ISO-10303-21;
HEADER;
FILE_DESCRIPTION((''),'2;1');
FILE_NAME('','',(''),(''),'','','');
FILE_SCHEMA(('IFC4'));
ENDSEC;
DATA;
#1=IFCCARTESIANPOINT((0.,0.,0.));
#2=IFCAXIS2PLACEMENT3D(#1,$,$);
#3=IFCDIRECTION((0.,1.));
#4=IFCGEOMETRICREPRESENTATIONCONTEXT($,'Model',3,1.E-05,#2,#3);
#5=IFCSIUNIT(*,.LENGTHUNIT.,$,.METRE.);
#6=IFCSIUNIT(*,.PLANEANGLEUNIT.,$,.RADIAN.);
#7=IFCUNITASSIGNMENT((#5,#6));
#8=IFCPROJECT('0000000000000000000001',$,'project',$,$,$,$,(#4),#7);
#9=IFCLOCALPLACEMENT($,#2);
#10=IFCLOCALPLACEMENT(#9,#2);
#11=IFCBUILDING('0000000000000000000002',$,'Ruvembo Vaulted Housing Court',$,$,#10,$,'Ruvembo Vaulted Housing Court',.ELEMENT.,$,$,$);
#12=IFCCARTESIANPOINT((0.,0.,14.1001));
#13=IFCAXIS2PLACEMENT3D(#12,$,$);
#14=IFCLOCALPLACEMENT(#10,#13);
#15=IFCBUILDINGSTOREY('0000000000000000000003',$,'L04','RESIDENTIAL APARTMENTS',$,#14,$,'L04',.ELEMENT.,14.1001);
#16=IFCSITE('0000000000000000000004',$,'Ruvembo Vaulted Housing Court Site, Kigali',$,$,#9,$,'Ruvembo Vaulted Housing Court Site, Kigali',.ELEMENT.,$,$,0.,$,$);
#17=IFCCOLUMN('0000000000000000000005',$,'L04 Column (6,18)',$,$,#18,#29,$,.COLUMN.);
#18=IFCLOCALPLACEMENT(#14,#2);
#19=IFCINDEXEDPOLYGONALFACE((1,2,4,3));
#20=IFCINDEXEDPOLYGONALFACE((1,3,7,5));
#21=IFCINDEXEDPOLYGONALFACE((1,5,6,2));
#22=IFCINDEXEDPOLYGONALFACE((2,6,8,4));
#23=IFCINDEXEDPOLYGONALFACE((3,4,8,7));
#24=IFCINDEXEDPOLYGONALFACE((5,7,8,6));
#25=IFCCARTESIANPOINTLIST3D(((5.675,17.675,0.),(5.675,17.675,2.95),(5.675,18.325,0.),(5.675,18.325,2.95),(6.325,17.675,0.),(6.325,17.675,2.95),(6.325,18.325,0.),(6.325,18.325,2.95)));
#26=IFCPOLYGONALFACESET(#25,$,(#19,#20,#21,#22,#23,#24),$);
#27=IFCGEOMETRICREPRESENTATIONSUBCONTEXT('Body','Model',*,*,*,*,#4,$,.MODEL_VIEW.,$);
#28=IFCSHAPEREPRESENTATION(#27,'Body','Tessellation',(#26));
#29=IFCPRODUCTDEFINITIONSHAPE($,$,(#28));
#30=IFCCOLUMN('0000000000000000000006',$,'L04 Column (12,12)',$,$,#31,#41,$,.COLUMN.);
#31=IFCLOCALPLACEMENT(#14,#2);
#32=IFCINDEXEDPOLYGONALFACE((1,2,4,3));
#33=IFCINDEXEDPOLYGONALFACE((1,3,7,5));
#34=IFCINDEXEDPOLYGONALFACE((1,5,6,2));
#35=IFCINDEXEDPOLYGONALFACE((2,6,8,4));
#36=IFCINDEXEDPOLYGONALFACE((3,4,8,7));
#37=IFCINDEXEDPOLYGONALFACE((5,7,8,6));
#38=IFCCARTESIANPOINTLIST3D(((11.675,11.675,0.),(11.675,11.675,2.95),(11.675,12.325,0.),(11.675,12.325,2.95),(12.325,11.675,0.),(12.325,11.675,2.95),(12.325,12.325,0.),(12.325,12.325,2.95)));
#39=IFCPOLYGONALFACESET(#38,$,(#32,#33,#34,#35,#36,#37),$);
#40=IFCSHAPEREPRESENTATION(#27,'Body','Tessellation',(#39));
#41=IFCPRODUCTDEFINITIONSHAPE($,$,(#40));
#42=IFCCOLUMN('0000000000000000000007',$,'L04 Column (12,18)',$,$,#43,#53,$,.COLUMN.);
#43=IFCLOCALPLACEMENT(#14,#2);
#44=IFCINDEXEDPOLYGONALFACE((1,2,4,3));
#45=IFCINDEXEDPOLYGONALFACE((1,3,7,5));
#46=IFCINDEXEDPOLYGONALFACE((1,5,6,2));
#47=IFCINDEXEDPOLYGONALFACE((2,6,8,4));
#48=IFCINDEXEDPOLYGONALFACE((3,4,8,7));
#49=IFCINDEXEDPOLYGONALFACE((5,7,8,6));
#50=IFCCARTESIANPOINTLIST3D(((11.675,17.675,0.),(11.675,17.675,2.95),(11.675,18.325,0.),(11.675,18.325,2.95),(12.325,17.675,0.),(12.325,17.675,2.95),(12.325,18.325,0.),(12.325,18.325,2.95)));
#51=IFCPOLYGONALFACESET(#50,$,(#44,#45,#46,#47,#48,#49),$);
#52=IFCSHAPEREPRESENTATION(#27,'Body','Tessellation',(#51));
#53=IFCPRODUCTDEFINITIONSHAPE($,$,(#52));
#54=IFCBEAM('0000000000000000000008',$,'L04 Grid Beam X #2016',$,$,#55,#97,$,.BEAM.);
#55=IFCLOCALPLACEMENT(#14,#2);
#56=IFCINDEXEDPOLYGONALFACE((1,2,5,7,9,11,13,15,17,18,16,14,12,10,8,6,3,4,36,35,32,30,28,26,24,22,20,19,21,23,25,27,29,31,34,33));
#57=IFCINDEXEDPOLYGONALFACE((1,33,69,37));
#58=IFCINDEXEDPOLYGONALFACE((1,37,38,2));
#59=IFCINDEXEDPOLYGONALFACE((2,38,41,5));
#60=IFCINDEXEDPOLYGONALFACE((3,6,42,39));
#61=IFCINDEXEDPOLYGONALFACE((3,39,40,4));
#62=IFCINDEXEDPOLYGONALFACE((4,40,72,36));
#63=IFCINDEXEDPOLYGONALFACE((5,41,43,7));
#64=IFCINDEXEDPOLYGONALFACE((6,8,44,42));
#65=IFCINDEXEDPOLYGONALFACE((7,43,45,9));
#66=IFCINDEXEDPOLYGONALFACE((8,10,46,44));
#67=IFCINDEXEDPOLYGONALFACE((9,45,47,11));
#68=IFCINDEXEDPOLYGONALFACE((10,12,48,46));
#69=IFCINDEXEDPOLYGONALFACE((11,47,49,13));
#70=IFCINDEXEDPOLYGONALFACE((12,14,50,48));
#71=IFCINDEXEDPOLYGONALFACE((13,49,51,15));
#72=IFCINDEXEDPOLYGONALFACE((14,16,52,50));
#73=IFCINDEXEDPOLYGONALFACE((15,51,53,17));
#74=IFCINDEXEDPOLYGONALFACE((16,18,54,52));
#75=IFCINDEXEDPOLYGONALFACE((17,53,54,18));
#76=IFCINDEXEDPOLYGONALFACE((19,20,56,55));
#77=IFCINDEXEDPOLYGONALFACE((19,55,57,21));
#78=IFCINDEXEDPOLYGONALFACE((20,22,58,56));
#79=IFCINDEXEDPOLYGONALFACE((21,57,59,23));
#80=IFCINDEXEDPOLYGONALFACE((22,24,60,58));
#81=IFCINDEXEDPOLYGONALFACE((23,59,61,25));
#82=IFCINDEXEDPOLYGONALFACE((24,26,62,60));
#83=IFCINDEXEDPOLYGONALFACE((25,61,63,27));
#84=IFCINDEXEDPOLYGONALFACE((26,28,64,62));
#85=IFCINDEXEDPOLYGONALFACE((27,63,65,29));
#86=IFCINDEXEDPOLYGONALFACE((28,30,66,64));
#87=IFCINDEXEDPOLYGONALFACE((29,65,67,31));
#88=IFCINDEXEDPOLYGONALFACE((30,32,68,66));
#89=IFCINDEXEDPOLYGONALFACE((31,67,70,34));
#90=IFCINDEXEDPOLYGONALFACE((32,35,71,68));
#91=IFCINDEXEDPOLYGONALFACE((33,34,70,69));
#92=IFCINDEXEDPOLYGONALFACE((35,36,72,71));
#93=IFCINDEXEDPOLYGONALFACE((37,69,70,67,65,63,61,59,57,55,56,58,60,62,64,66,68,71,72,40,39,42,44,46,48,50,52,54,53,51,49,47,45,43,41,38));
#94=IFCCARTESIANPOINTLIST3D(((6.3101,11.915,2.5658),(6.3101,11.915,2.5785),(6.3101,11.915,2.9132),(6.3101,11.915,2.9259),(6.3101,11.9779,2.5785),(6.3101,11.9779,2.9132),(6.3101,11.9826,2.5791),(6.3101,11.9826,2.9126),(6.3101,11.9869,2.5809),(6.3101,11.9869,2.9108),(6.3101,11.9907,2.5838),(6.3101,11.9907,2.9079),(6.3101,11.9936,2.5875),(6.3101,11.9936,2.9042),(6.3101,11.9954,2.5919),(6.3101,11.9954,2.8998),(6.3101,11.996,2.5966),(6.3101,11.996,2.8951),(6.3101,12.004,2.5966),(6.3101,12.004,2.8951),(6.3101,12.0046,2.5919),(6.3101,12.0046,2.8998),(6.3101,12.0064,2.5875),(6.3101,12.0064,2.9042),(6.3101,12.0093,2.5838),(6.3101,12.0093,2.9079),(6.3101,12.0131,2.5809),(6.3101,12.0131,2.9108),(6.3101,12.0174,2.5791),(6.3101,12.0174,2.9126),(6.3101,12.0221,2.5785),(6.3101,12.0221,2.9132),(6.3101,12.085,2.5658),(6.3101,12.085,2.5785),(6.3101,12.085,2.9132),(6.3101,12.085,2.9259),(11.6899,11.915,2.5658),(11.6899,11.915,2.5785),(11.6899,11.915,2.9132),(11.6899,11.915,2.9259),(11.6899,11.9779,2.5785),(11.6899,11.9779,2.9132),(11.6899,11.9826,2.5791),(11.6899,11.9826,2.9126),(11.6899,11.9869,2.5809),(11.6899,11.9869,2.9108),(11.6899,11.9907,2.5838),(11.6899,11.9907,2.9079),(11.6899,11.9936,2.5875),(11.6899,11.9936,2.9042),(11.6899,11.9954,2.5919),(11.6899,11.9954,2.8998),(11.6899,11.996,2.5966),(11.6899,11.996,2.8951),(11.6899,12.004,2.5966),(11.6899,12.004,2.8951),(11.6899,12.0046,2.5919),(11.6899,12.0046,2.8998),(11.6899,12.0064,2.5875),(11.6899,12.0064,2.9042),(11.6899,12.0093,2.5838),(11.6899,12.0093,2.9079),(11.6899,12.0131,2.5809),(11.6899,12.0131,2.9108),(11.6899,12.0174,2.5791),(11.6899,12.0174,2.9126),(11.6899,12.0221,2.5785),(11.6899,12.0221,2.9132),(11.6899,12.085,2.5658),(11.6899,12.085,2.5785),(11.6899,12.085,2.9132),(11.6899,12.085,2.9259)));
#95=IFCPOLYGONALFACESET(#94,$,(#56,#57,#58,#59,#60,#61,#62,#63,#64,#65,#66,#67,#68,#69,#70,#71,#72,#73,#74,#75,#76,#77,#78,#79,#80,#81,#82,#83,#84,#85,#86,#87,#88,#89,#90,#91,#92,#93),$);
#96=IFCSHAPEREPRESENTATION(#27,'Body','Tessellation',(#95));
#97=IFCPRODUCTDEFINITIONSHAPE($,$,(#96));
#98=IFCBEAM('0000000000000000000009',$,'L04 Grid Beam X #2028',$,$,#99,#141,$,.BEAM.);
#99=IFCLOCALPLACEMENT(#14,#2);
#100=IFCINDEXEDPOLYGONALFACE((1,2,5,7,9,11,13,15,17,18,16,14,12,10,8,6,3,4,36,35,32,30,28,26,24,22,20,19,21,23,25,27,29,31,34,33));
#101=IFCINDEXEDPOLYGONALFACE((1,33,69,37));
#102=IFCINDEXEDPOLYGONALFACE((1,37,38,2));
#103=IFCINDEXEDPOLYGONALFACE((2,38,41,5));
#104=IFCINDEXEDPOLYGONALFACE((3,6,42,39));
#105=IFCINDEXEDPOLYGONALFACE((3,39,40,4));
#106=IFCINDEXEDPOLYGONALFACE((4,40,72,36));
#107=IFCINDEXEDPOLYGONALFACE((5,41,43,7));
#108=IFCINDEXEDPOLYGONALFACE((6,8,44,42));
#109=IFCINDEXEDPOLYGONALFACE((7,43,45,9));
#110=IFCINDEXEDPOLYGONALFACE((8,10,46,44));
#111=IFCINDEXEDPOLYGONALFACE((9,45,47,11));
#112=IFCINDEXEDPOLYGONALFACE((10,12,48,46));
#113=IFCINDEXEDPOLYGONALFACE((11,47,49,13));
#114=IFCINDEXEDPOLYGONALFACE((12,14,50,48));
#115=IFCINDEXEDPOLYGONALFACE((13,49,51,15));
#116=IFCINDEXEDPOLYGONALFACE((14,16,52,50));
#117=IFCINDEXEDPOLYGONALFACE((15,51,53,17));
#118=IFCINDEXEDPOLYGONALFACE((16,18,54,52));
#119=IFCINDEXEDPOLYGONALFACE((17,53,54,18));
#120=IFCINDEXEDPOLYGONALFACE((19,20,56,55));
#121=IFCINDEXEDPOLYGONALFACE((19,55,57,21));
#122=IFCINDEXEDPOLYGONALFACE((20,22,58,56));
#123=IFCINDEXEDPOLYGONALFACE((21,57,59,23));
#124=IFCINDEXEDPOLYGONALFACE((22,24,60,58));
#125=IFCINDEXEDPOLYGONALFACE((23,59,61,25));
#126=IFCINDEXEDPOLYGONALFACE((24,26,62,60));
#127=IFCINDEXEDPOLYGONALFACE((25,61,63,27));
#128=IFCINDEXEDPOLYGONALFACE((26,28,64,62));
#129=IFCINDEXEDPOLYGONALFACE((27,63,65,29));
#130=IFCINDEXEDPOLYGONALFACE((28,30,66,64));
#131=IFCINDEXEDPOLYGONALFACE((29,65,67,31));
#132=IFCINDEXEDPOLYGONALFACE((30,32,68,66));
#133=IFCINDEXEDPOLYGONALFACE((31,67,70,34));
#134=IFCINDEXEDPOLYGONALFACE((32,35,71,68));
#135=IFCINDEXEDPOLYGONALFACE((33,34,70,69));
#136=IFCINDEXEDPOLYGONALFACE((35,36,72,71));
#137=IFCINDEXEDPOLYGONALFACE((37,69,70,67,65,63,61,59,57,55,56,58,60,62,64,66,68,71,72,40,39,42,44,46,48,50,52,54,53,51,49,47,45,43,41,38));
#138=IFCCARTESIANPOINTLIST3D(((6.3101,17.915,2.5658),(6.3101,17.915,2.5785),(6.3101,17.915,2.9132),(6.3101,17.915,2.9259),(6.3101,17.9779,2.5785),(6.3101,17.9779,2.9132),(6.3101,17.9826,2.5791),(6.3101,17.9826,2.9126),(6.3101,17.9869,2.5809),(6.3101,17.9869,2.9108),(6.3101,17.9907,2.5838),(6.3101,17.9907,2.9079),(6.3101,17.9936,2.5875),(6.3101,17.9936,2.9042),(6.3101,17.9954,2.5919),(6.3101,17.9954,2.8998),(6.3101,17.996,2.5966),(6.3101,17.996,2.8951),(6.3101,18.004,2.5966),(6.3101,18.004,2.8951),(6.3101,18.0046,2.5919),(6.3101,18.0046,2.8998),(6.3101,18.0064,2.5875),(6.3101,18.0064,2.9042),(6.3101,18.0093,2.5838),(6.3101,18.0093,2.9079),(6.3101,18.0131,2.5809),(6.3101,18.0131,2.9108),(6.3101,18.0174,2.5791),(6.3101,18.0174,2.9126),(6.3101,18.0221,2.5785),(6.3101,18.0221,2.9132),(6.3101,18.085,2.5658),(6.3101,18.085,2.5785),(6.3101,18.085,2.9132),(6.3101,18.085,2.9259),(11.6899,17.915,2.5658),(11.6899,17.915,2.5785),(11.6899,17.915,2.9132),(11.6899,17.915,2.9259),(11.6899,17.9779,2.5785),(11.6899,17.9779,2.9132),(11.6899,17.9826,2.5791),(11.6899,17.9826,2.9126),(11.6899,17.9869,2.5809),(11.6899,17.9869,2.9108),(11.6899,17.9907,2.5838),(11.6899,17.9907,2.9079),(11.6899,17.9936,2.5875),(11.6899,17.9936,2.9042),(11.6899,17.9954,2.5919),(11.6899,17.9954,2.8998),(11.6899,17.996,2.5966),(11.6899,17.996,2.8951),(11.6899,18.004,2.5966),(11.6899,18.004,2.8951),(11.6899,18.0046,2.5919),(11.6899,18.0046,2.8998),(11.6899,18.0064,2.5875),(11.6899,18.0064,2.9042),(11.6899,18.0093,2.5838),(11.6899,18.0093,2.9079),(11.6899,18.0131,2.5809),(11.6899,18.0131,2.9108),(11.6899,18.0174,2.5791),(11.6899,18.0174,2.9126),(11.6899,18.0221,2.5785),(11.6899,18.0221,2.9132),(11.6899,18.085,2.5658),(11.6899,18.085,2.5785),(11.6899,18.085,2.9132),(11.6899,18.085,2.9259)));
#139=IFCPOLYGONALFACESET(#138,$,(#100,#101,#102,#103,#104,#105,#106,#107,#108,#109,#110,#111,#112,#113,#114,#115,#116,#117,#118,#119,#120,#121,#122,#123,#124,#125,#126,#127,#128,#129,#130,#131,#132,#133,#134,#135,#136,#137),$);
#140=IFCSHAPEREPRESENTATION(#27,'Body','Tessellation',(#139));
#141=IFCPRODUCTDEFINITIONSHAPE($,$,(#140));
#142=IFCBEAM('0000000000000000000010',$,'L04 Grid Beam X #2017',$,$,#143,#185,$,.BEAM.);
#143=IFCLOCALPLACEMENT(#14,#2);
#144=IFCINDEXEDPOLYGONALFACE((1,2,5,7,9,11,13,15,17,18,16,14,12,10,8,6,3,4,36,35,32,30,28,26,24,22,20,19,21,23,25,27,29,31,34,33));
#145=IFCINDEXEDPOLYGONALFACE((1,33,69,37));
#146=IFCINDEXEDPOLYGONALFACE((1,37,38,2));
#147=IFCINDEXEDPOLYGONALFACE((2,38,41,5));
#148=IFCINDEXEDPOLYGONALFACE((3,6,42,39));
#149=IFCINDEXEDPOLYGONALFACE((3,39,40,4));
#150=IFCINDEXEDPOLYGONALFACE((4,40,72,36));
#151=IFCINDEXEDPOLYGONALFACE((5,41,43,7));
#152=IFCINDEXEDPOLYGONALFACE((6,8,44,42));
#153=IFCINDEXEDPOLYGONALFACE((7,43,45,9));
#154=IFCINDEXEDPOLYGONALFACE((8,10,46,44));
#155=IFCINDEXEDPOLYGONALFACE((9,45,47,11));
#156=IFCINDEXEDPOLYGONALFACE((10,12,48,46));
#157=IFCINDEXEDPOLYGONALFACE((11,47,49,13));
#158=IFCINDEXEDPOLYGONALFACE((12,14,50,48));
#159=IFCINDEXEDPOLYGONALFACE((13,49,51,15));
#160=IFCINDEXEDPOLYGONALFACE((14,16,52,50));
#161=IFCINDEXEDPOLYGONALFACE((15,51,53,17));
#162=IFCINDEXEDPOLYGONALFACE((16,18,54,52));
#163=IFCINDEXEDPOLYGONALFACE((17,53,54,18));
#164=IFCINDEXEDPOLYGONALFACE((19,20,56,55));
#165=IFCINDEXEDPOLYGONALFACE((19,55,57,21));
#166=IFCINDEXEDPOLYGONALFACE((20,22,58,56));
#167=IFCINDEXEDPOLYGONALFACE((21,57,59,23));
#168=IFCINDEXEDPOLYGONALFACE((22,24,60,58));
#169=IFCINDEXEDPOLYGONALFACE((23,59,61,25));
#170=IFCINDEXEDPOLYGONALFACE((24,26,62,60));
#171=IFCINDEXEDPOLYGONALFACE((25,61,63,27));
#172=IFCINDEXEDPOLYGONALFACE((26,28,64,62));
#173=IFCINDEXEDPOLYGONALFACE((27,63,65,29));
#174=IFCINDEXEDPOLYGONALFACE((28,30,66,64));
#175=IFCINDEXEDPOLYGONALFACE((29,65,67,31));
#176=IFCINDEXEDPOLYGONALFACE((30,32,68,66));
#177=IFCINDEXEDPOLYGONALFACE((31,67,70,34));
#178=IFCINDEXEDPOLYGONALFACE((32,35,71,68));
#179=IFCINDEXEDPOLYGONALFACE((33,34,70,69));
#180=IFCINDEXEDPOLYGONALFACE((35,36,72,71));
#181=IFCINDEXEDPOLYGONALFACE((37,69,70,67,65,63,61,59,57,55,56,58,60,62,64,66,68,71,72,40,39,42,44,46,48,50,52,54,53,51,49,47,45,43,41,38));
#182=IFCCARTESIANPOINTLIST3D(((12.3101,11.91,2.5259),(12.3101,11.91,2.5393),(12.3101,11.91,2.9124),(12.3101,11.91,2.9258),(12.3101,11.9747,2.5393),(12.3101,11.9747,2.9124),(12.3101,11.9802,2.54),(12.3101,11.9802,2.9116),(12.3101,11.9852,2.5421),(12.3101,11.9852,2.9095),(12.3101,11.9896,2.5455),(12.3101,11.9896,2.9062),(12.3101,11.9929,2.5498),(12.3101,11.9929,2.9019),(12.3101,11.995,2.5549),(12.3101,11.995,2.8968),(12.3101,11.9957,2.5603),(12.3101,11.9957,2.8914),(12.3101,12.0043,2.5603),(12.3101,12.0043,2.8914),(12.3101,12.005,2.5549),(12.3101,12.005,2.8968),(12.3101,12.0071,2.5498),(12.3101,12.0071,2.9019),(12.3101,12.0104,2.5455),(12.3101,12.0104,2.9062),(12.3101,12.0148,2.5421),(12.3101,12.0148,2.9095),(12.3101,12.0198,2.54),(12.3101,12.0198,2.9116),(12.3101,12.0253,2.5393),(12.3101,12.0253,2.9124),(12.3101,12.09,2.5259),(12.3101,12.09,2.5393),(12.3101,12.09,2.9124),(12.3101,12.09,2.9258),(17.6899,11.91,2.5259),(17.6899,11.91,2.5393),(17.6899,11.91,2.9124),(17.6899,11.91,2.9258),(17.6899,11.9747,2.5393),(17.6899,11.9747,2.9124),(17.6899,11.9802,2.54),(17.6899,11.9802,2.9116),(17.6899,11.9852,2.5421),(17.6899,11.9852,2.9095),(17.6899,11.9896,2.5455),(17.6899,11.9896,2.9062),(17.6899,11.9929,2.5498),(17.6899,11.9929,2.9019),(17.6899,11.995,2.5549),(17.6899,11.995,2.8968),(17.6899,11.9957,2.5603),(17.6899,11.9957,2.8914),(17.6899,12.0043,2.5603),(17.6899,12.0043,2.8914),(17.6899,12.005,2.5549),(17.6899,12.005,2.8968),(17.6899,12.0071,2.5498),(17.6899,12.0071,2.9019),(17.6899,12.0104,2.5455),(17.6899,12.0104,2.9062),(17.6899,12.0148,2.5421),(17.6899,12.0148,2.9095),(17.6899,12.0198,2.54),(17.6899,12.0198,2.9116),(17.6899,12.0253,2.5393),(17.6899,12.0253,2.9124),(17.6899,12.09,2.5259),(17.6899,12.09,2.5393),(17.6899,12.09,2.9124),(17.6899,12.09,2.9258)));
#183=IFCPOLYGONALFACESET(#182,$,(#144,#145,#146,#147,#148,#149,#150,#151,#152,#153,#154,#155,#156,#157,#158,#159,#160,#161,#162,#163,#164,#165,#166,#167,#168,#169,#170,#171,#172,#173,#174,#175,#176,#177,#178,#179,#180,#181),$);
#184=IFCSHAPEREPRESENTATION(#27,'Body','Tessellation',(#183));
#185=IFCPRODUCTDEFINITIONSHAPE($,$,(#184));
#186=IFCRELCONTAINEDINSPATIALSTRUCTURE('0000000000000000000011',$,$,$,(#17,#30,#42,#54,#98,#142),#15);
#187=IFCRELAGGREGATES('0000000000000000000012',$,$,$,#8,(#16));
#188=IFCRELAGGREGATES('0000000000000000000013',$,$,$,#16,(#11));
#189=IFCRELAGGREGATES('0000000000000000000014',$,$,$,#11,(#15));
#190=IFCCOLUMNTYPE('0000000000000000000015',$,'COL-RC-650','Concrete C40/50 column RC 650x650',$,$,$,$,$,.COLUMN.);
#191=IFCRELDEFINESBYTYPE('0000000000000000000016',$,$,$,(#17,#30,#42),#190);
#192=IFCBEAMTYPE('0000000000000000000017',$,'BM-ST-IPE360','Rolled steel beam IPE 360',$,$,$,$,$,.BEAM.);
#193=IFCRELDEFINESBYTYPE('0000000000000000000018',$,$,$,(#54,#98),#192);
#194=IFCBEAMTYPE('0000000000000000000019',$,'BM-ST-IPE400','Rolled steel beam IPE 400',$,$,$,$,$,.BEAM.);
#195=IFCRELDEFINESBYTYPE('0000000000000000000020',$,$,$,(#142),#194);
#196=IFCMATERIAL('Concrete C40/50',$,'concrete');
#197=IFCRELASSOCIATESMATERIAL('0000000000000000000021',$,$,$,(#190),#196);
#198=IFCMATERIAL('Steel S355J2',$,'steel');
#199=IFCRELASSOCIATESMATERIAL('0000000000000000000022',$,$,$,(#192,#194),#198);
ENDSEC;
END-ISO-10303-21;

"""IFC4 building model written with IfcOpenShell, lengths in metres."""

from ifc_helpers import new_model, si_unit, direction, frame, origin, origin_2d, place, context, subcontext, project, spatial, rectangle, i_section, extrude, material, material_profile, profile_set, type_object, element, save


model = new_model("IFC4")

# Units and contexts
model_context = context("Model", 3, precision=1e-05, world=origin(), true_north=direction((0.0, 1.0)))
body_context = subcontext(model_context, "Body", "Model", "MODEL_VIEW")
ifc_project = project(units=[si_unit("LENGTHUNIT", "METRE"), si_unit("PLANEANGLEUNIT", "RADIAN")], contexts=[model_context])

# Site, building, storey
site_placement = place(None, origin())
site = spatial("IfcSite", under=ifc_project, at=site_placement, Name="Ruvembo Vaulted Housing Court Site, Kigali", LongName="Ruvembo Vaulted Housing Court Site, Kigali", CompositionType="ELEMENT", RefElevation=0.0)
building_placement = place(site_placement, origin())
building = spatial("IfcBuilding", under=site, at=building_placement, Name="Ruvembo Vaulted Housing Court", LongName="Ruvembo Vaulted Housing Court", CompositionType="ELEMENT")
storey_placement = place(building_placement, frame((0.0, 0.0, 14.1001)))
storey = spatial("IfcBuildingStorey", under=building, at=storey_placement, Name="L04", Description="RESIDENTIAL APARTMENTS", LongName="L04", CompositionType="ELEMENT", Elevation=14.1001)

# Columns
ifc_material_1 = material(Name="Concrete C40/50", Category="concrete")
ifc_material_profile_1 = material_profile(ifc_material_1, rectangle(XDim=0.6499, YDim=0.6499, at=origin_2d()), Name="RC 650x650")
ifc_profile_set_1 = profile_set([ifc_material_profile_1], Name="Concrete C40/50")
column_type = type_object("IfcColumnType", Name="COL-RC-650", Description="Concrete C40/50 column RC 650x650", PredefinedType="COLUMN", material=ifc_profile_set_1)
for number, where, z_axis, x_axis, name in (
    (1, (6.0, 18.0, 0.0), (0.0, 0.0, 1.0), (1.0, 0.0, 0.0), "L04 Column (6,18)"),
    (2, (12.0, 12.0, 0.0), (0.0, 0.0, 1.0), (1.0, 0.0, 0.0), "L04 Column (12,12)"),
    (3, (12.0, 18.0, 0.0), (0.0, 0.0, 1.0), (1.0, 0.0, 0.0), "L04 Column (12,18)"),
):
    element("IfcColumn", number, at=place(storey_placement, frame(where, z_axis=z_axis, x_axis=x_axis)), inside=storey, type_object=column_type, Name=name, PredefinedType="COLUMN", context=body_context, shape_type="SweptSolid", body=[
        extrude(rectangle(XDim=0.6499, YDim=0.6499, at=origin_2d()), origin(), (0.0, 0.0, 1.0), 2.95),
    ])

# Beams
ifc_material_2 = material(Name="Steel S355J2", Category="steel")
ifc_material_profile_2 = material_profile(ifc_material_2, i_section(OverallWidth=0.1699, OverallDepth=0.3601, WebThickness=0.0081, FlangeThickness=0.0127, FilletRadius=0.0181, at=origin_2d()), Name="IPE 360")
ifc_profile_set_2 = profile_set([ifc_material_profile_2], Name="Steel S355J2")
beam_type_1 = type_object("IfcBeamType", Name="BM-ST-IPE360", Description="Rolled steel beam IPE 360", PredefinedType="BEAM", material=ifc_profile_set_2)
for number, where, z_axis, x_axis, name in (
    (4, (6.3101, 12.0, 2.7458), (1.0, 0.0, 0.0), (0.0, 1.0, 0.0), "L04 Grid Beam X #2016"),
    (5, (6.3101, 18.0, 2.7458), (1.0, 0.0, 0.0), (0.0, 1.0, 0.0), "L04 Grid Beam X #2028"),
):
    element("IfcBeam", number, at=place(storey_placement, frame(where, z_axis=z_axis, x_axis=x_axis)), inside=storey, type_object=beam_type_1, Name=name, PredefinedType="BEAM", context=body_context, shape_type="SweptSolid", body=[
        extrude(i_section(OverallWidth=0.1699, OverallDepth=0.3601, WebThickness=0.0081, FlangeThickness=0.0127, FilletRadius=0.0181, at=origin_2d()), origin(), (0.0, 0.0, 1.0), 5.3799),
    ])
ifc_material_profile_3 = material_profile(ifc_material_2, i_section(OverallWidth=0.1799, OverallDepth=0.3999, WebThickness=0.0085, FlangeThickness=0.0134, FilletRadius=0.021, at=origin_2d()), Name="IPE 400")
ifc_profile_set_3 = profile_set([ifc_material_profile_3], Name="Steel S355J2")
beam_type_2 = type_object("IfcBeamType", Name="BM-ST-IPE400", Description="Rolled steel beam IPE 400", PredefinedType="BEAM", material=ifc_profile_set_3)
for number, where, z_axis, x_axis, name in (
    (6, (12.3101, 12.0, 2.7258), (1.0, 0.0, 0.0), (0.0, 1.0, 0.0), "L04 Grid Beam X #2017"),
):
    element("IfcBeam", number, at=place(storey_placement, frame(where, z_axis=z_axis, x_axis=x_axis)), inside=storey, type_object=beam_type_2, Name=name, PredefinedType="BEAM", context=body_context, shape_type="SweptSolid", body=[
        extrude(i_section(OverallWidth=0.1799, OverallDepth=0.3999, WebThickness=0.0085, FlangeThickness=0.0134, FilletRadius=0.021, at=origin_2d()), origin(), (0.0, 0.0, 1.0), 5.3799),
    ])

save(model, "model.ifc")
